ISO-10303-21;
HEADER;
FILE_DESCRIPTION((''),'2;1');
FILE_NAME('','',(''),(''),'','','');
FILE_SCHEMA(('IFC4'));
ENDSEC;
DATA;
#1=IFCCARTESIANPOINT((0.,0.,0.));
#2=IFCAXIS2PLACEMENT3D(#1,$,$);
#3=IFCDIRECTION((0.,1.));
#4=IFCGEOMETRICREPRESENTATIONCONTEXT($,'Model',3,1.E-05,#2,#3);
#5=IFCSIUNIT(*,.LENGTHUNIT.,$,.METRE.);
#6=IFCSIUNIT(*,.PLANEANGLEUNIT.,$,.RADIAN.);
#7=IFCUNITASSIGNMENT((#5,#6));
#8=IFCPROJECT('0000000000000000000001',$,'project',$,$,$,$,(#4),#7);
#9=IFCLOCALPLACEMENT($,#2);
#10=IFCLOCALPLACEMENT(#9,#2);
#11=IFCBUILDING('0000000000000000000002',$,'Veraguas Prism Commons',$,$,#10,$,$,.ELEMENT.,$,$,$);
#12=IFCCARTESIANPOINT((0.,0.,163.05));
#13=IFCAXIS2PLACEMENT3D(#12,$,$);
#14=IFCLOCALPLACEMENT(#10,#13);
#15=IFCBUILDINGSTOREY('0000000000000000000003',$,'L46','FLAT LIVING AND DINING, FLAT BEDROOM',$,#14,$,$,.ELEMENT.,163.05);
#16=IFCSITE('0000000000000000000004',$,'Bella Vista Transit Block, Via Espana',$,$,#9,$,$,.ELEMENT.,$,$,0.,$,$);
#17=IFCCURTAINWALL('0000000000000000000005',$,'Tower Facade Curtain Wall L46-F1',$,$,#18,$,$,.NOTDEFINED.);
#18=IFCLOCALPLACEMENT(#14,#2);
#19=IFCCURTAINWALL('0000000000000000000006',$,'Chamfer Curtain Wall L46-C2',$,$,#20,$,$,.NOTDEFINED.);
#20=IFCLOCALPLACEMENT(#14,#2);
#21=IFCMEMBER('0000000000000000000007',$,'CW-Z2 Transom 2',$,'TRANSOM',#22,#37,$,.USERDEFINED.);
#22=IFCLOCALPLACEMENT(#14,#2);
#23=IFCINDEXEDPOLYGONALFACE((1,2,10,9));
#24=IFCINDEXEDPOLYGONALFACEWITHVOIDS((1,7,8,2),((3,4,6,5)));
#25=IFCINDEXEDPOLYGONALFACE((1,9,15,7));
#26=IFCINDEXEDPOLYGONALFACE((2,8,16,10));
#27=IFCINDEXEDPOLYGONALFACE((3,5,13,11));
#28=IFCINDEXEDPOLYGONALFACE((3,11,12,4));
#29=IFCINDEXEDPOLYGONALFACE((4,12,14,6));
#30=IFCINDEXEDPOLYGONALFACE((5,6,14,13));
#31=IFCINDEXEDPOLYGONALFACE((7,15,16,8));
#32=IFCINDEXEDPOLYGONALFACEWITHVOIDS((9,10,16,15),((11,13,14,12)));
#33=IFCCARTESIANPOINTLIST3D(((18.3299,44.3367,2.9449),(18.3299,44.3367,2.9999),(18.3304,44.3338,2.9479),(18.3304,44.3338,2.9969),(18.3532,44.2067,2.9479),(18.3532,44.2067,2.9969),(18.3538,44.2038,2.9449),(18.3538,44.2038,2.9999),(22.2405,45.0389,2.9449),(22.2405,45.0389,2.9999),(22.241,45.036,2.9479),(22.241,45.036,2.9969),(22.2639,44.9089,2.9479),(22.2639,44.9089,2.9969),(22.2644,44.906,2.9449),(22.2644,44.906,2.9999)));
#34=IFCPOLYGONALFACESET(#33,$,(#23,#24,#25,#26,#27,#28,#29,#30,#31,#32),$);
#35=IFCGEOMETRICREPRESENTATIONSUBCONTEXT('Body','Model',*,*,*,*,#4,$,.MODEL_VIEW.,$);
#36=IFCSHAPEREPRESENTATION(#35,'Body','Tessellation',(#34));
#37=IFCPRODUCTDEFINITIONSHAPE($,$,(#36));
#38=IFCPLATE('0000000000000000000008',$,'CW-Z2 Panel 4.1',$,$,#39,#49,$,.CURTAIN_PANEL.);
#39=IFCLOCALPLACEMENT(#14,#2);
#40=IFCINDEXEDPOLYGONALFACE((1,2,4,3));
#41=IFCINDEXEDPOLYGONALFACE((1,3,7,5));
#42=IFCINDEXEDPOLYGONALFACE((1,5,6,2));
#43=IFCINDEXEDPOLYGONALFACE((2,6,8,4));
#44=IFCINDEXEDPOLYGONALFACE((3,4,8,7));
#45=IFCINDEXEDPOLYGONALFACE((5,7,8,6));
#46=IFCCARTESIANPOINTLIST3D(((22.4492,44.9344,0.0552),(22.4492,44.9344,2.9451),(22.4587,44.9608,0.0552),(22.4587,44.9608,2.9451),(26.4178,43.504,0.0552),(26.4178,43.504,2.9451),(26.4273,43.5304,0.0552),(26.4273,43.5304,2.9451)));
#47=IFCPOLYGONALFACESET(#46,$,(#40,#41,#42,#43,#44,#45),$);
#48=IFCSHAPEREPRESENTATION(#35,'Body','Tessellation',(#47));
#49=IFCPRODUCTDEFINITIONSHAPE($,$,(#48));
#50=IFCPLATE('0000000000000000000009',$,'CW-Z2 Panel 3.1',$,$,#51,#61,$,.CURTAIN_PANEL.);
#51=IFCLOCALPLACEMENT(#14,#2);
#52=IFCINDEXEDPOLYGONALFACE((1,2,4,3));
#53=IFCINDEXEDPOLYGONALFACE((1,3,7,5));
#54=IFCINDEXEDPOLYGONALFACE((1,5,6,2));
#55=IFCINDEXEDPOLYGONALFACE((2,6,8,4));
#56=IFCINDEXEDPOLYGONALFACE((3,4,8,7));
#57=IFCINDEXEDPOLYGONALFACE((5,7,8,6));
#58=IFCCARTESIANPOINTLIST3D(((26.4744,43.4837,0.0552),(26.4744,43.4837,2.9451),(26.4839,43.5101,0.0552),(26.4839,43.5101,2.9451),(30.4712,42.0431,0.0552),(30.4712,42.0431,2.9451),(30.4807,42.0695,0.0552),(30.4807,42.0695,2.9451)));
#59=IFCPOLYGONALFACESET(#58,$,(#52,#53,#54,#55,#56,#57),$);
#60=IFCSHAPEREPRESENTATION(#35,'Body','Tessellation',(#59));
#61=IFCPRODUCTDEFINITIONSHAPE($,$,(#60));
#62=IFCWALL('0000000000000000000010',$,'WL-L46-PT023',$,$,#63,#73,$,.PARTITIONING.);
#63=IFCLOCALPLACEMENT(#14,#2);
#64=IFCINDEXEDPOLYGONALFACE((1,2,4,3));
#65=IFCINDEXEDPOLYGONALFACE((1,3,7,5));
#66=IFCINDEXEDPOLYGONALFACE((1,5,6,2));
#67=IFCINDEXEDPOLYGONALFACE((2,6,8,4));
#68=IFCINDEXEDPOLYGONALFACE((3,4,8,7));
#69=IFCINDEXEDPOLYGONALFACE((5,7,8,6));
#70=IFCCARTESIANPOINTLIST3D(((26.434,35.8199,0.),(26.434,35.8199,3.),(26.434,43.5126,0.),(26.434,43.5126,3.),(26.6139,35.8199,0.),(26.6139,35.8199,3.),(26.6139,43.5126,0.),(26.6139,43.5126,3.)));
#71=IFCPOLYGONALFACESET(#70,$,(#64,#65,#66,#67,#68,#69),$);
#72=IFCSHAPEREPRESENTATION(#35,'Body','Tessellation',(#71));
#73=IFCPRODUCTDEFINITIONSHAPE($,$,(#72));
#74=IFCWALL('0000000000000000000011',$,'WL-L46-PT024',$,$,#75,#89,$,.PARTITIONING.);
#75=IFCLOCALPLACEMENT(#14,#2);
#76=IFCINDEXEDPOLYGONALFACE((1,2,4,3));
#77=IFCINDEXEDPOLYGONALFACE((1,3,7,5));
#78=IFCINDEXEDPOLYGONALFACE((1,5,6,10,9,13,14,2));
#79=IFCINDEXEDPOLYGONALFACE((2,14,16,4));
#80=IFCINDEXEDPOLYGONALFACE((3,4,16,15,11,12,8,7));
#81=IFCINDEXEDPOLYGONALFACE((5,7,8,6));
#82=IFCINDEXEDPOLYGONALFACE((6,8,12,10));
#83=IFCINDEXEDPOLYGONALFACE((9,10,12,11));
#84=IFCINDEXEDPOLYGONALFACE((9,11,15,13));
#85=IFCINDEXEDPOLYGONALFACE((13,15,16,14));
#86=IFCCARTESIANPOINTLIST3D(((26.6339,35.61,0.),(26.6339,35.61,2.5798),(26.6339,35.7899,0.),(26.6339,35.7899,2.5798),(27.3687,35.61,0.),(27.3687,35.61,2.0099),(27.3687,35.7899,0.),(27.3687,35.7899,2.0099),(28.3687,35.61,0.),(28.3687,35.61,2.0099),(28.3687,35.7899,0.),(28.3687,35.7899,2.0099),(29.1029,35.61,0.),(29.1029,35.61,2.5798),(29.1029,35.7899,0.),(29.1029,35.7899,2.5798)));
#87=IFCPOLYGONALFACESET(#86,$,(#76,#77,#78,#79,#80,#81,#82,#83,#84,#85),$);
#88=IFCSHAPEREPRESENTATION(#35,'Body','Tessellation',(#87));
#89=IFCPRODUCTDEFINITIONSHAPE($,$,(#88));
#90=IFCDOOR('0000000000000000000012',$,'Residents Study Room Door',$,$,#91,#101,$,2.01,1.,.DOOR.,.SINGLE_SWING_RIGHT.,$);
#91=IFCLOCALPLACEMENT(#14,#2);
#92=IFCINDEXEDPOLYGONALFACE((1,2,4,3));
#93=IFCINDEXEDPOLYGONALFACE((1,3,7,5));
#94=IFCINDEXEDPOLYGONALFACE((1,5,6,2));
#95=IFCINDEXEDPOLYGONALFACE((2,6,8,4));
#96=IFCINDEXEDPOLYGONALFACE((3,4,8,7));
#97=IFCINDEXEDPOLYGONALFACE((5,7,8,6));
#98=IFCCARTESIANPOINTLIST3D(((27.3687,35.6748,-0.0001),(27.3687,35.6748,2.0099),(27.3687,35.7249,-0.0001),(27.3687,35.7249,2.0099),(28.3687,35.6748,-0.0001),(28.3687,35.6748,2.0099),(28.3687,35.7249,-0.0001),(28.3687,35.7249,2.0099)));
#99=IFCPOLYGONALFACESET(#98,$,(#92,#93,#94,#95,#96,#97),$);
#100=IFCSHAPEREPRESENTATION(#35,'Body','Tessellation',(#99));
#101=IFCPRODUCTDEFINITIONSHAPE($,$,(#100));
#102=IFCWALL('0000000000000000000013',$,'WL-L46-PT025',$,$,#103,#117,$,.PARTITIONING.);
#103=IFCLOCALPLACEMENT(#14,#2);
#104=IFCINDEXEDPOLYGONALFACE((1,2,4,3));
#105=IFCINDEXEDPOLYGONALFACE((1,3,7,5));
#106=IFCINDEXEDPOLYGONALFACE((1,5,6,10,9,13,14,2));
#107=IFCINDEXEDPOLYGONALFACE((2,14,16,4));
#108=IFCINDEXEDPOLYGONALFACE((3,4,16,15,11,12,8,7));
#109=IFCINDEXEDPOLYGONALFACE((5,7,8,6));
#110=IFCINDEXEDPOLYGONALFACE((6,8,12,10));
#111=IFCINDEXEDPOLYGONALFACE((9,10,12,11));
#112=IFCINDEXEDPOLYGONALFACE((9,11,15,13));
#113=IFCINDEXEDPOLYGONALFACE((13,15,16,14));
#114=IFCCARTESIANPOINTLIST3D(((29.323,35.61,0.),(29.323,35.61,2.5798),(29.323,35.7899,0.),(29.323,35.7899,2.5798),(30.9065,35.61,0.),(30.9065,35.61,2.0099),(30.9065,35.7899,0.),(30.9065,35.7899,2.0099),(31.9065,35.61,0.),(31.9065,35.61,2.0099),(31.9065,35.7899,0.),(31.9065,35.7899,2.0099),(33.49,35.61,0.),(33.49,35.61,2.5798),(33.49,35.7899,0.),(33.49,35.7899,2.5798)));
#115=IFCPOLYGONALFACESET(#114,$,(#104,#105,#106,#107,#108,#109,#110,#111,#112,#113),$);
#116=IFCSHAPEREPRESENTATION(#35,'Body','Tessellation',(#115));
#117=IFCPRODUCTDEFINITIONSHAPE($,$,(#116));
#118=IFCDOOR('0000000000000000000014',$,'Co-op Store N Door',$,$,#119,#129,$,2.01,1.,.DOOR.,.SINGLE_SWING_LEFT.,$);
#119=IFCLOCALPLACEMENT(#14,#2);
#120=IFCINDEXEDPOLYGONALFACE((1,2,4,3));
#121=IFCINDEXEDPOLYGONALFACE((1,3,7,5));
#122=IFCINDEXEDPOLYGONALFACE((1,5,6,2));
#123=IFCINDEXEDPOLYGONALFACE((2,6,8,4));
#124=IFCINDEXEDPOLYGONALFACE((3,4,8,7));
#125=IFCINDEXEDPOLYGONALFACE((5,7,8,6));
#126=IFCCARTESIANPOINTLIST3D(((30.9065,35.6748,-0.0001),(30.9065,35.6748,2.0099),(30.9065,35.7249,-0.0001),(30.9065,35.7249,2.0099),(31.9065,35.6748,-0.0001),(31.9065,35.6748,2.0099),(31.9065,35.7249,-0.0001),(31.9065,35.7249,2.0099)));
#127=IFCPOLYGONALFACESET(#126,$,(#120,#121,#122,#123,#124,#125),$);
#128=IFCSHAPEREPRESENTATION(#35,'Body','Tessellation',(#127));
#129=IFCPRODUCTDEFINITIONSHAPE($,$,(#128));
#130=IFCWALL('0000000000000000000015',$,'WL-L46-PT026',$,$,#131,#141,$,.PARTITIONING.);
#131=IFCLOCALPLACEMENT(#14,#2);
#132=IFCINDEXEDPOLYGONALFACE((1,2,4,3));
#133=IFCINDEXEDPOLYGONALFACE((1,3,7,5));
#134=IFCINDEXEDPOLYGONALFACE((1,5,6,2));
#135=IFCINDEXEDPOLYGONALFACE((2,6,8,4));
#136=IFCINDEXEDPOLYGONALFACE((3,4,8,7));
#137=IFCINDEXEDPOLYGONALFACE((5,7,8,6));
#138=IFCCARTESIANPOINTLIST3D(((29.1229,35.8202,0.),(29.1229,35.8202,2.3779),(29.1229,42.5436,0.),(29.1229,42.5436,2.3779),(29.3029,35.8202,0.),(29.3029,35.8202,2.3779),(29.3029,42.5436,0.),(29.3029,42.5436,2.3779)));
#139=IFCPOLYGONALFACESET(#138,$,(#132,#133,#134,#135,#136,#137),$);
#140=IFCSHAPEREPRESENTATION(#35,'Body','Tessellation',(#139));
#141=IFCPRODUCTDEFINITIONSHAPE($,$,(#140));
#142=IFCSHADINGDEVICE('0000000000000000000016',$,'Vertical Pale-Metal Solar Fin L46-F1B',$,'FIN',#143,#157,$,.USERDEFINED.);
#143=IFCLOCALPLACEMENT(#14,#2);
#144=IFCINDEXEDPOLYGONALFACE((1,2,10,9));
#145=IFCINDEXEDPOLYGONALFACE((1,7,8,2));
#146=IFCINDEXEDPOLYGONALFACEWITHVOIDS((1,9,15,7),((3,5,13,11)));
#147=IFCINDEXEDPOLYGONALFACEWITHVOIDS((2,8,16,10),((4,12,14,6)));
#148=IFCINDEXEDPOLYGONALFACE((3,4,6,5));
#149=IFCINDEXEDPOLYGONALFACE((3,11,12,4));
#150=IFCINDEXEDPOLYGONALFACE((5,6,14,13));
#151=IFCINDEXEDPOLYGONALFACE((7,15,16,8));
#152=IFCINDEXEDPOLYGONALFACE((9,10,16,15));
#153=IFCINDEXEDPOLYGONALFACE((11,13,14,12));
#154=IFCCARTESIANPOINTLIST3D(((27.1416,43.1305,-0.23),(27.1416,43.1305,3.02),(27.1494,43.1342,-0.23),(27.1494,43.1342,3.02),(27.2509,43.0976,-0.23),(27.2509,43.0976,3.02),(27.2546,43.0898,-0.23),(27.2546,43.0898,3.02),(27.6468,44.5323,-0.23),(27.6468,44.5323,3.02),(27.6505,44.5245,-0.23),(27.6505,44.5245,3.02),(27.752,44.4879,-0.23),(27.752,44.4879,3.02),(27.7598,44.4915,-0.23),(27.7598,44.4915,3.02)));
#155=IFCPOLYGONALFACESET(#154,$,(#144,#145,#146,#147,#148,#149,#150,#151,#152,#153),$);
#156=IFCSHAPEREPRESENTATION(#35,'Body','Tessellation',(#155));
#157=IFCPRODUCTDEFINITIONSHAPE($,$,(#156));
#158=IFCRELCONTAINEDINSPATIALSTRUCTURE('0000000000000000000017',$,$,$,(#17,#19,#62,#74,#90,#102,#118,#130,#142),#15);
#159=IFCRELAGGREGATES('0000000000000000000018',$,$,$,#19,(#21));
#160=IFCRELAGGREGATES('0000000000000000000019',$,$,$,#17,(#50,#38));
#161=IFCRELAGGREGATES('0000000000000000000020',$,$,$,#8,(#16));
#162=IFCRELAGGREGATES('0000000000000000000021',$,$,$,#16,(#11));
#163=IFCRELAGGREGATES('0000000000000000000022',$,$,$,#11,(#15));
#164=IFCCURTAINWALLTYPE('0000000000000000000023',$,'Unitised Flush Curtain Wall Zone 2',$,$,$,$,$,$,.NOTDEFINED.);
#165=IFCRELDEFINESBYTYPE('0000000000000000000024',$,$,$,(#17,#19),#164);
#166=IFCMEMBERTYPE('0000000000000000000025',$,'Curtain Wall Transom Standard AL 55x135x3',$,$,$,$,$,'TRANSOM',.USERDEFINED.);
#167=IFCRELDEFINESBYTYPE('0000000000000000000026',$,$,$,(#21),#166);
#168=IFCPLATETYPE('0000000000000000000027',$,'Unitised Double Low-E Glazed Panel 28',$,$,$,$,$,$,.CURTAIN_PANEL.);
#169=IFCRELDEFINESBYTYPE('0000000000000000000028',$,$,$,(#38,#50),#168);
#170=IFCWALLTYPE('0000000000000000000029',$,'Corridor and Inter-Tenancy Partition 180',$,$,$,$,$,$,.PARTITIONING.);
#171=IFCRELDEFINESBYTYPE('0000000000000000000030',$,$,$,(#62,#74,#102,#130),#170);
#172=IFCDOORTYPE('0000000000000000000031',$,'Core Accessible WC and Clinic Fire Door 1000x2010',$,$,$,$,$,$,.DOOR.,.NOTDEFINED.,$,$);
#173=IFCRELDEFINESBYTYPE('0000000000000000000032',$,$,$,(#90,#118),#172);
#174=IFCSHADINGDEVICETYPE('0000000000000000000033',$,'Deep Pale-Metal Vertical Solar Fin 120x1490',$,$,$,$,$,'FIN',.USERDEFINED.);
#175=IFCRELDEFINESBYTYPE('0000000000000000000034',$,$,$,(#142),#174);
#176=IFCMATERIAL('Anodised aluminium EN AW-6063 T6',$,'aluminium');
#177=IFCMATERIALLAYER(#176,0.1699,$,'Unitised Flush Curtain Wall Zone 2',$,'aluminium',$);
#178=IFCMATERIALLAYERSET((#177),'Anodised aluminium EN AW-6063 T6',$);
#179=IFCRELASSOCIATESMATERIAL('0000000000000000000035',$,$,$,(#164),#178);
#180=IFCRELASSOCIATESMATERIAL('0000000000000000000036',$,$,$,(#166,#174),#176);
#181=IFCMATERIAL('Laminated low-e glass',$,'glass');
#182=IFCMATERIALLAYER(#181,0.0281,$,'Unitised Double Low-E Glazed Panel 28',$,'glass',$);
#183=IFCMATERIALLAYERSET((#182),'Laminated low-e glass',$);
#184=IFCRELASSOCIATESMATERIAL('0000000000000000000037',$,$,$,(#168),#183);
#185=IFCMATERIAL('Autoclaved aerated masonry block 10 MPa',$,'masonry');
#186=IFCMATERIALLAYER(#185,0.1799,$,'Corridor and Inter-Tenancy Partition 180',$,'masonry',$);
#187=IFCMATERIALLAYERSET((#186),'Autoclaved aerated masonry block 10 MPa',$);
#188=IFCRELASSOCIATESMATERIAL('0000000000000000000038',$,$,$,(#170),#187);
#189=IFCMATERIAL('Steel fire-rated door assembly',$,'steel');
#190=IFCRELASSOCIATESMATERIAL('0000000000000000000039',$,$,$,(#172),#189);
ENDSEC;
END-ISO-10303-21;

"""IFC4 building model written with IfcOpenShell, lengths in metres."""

from ifc_helpers import new_model, si_unit, direction, frame, frame_2d, origin, origin_2d, place, context, subcontext, project, spatial, rectangle, hollow_rectangle, extrude, source, transform, mapped, material, layer, layer_set, material_profile, profile_set, type_object, element, fill, aggregate, save


model = new_model("IFC4")

# Units and contexts
model_context = context("Model", 3, precision=1e-05, world=origin(), true_north=direction((0.0, 1.0)))
body_context = subcontext(model_context, "Body", "Model", "MODEL_VIEW")
ifc_project = project(units=[si_unit("LENGTHUNIT", "METRE"), si_unit("PLANEANGLEUNIT", "RADIAN")], contexts=[model_context])

# Site, building, storey
site_placement = place(None, origin())
site = spatial("IfcSite", under=ifc_project, at=site_placement, Name="Bella Vista Transit Block, Via Espana", CompositionType="ELEMENT", RefElevation=0.0)
building_placement = place(site_placement, origin())
building = spatial("IfcBuilding", under=site, at=building_placement, Name="Veraguas Prism Commons", CompositionType="ELEMENT")
storey_placement = place(building_placement, frame((0.0, 0.0, 163.05)))
storey = spatial("IfcBuildingStorey", under=building, at=storey_placement, Name="L46", Description="FLAT LIVING AND DINING, FLAT BEDROOM", CompositionType="ELEMENT", Elevation=163.05)

# Curtain walls, member
ifc_material_1 = material(Name="Anodised aluminium EN AW-6063 T6", Category="aluminium")
ifc_layer_1 = layer(ifc_material_1, 0.1699, Name="Unitised Flush Curtain Wall Zone 2", Category="aluminium")
ifc_layer_set_1 = layer_set([ifc_layer_1], Name="Anodised aluminium EN AW-6063 T6")
curtain_wall_type = type_object("IfcCurtainWallType", Name="Unitised Flush Curtain Wall Zone 2", PredefinedType="NOTDEFINED", material=ifc_layer_set_1)
curtain_wall_1_placement = place(storey_placement, origin())
curtain_wall_1 = element("IfcCurtainWall", 1, at=curtain_wall_1_placement, inside=storey, type_object=curtain_wall_type, Name="Tower Facade Curtain Wall L46-F1", PredefinedType="NOTDEFINED")
curtain_wall_2_placement = place(storey_placement, origin())
curtain_wall_2 = element("IfcCurtainWall", 2, at=curtain_wall_2_placement, inside=storey, type_object=curtain_wall_type, Name="Chamfer Curtain Wall L46-C2", PredefinedType="NOTDEFINED")
ifc_material_profile_1 = material_profile(ifc_material_1, hollow_rectangle(XDim=0.0549, YDim=0.135, WallThickness=0.0029, at=origin_2d()), Name="AL55X135X3")
ifc_profile_set_1 = profile_set([ifc_material_profile_1], Name="Anodised aluminium EN AW-6063 T6")
member_type_1 = type_object("IfcMemberType", Name="Curtain Wall Transom Standard AL 55x135x3", ElementType="TRANSOM", PredefinedType="USERDEFINED", material=ifc_profile_set_1)
shared_shape_1 = source(origin(), body_context, "Body", "SweptSolid", [
    extrude(hollow_rectangle(XDim=0.0549, YDim=0.135, WallThickness=0.0029, at=origin_2d()), origin(), (0.0, 0.0, 1.0), 3.9731),
])
member_1_placement = place(storey_placement, frame((22.2524, 44.9724, 2.9724), z_axis=(-0.984261, -0.176722, 0.0), x_axis=(0.0, 0.0, 1.0)))
member_1 = element("IfcMember", 3, at=member_1_placement, type_object=member_type_1, Name="CW-Z2 Transom 2", ObjectType="TRANSOM", PredefinedType="USERDEFINED", context=body_context, shape_type="MappedRepresentation", body=[
    mapped(shared_shape_1, transform((0.0, 0.0, 0.0), scale=1.0)),
])
aggregate(curtain_wall_2, [member_1])

# Plates
ifc_material_2 = material(Name="Laminated low-e glass", Category="glass")
ifc_layer_2 = layer(ifc_material_2, 0.0281, Name="Unitised Double Low-E Glazed Panel 28", Category="glass")
ifc_layer_set_2 = layer_set([ifc_layer_2], Name="Laminated low-e glass")
plate_type = type_object("IfcPlateType", Name="Unitised Double Low-E Glazed Panel 28", PredefinedType="CURTAIN_PANEL", material=ifc_layer_set_2)
shared_shape_2 = source(origin(), body_context, "Body", "SweptSolid", [
    extrude(rectangle(XDim=4.2185, YDim=0.0281, at=origin_2d()), origin(), (0.0, 0.0, 1.0), 2.8899),
])
plate_1_placement = place(storey_placement, frame((24.4382, 44.2324, 0.0552), z_axis=(0.0, 0.0, 1.0), x_axis=(-0.940761, 0.339071, 0.0)))
plate_1 = element("IfcPlate", 4, at=plate_1_placement, type_object=plate_type, Name="CW-Z2 Panel 4.1", PredefinedType="CURTAIN_PANEL", context=body_context, shape_type="MappedRepresentation", body=[
    mapped(shared_shape_2, transform((0.0, 0.0, 0.0), scale=1.0)),
])
shared_shape_3 = source(origin(), body_context, "Body", "SweptSolid", [
    extrude(rectangle(XDim=4.2485, YDim=0.0281, at=origin_2d()), origin(), (0.0, 0.0, 1.0), 2.8899),
])
plate_2_placement = place(storey_placement, frame((28.4775, 42.7766, 0.0552), z_axis=(0.0, 0.0, 1.0), x_axis=(-0.940761, 0.339071, 0.0)))
plate_2 = element("IfcPlate", 5, at=plate_2_placement, type_object=plate_type, Name="CW-Z2 Panel 3.1", PredefinedType="CURTAIN_PANEL", context=body_context, shape_type="MappedRepresentation", body=[
    mapped(shared_shape_3, transform((0.0, 0.0, 0.0), scale=1.0)),
])
aggregate(curtain_wall_1, [plate_2, plate_1])

# Wall
ifc_material_3 = material(Name="Autoclaved aerated masonry block 10 MPa", Category="masonry")
ifc_layer_3 = layer(ifc_material_3, 0.1799, Name="Corridor and Inter-Tenancy Partition 180", Category="masonry")
ifc_layer_set_3 = layer_set([ifc_layer_3], Name="Autoclaved aerated masonry block 10 MPa")
wall_type = type_object("IfcWallType", Name="Corridor and Inter-Tenancy Partition 180", PredefinedType="PARTITIONING", material=ifc_layer_set_3)
wall_1_placement = place(storey_placement, frame((26.5239, 35.8201, 0.0), z_axis=(0.0, 0.0, 1.0), x_axis=(0.0, 1.0, 0.0)))
element("IfcWall", 6, at=wall_1_placement, inside=storey, type_object=wall_type, Name="WL-L46-PT023", PredefinedType="PARTITIONING", context=body_context, shape_type="SweptSolid", body=[
    extrude(rectangle(XDim=7.6926, YDim=0.1799, at=frame_2d((3.8462, 0.0))), origin(), (0.0, 0.0, 1.0), 3.0),
])

# Walls, openings, doors
wall_2_placement = place(storey_placement, frame((26.634, 35.7, 0.0), z_axis=(0.0, 0.0, 1.0), x_axis=(1.0, 0.0, 0.0)))
wall_2 = element("IfcWall", 7, at=wall_2_placement, inside=storey, type_object=wall_type, Name="WL-L46-PT024", PredefinedType="PARTITIONING", context=body_context, shape_type="SweptSolid", body=[
    extrude(rectangle(XDim=2.469, YDim=0.1799, at=frame_2d((1.2344, 0.0))), origin(), (0.0, 0.0, 1.0), 2.5798),
])
opening_1_placement = place(wall_2_placement, frame((0.7346, 0.0, 0.0)))
opening_1 = element("IfcOpeningElement", 8, at=opening_1_placement, cuts=wall_2, PredefinedType="OPENING", context=body_context, shape_type="SweptSolid", body=[
    extrude(rectangle(XDim=1.0, YDim=2.01, at=frame_2d((0.5, 1.0049))), frame((0.0, 0.0999, 0.0), z_axis=(0.0, -1.0, 0.0), x_axis=(1.0, 0.0, 0.0)), (0.0, 0.0, 1.0), 0.2),
])
ifc_material_4 = material(Name="Steel fire-rated door assembly", Category="steel")
door_type = type_object("IfcDoorType", Name="Core Accessible WC and Clinic Fire Door 1000x2010", OperationType="NOTDEFINED", PredefinedType="DOOR", material=ifc_material_4)
shared_shape_4 = source(origin(), body_context, "Body", "SweptSolid", [
    extrude(rectangle(XDim=1.0, YDim=2.01, at=frame_2d((0.5, 1.0049))), frame((0.0, 0.0249, 0.0), z_axis=(0.0, -1.0, 0.0), x_axis=(1.0, 0.0, 0.0)), (0.0, 0.0, 1.0), 0.05),
])
door_1_placement = place(opening_1_placement, origin())
door_1 = element("IfcDoor", 9, at=door_1_placement, inside=storey, type_object=door_type, Name="Residents Study Room Door", OperationType="SINGLE_SWING_RIGHT", OverallHeight=2.01, OverallWidth=1.0, PredefinedType="DOOR", context=body_context, shape_type="MappedRepresentation", body=[
    mapped(shared_shape_4, transform((0.0, 0.0, 0.0), scale=1.0)),
])
fill(opening_1, door_1)
wall_3_placement = place(storey_placement, frame((29.323, 35.7, 0.0), z_axis=(0.0, 0.0, 1.0), x_axis=(1.0, 0.0, 0.0)))
wall_3 = element("IfcWall", 10, at=wall_3_placement, inside=storey, type_object=wall_type, Name="WL-L46-PT025", PredefinedType="PARTITIONING", context=body_context, shape_type="SweptSolid", body=[
    extrude(rectangle(XDim=4.167, YDim=0.1799, at=frame_2d((2.0835, 0.0))), origin(), (0.0, 0.0, 1.0), 2.5798),
])
opening_2_placement = place(wall_3_placement, frame((1.5835, 0.0, 0.0)))
opening_2 = element("IfcOpeningElement", 11, at=opening_2_placement, cuts=wall_3, PredefinedType="OPENING", context=body_context, shape_type="SweptSolid", body=[
    extrude(rectangle(XDim=1.0, YDim=2.01, at=frame_2d((0.5, 1.0049))), frame((0.0, 0.0999, 0.0), z_axis=(0.0, -1.0, 0.0), x_axis=(1.0, 0.0, 0.0)), (0.0, 0.0, 1.0), 0.2),
])
door_2_placement = place(opening_2_placement, origin())
door_2 = element("IfcDoor", 12, at=door_2_placement, inside=storey, type_object=door_type, Name="Co-op Store N Door", OperationType="SINGLE_SWING_LEFT", OverallHeight=2.01, OverallWidth=1.0, PredefinedType="DOOR", context=body_context, shape_type="MappedRepresentation", body=[
    mapped(shared_shape_4, transform((0.0, 0.0, 0.0), scale=1.0)),
])
fill(opening_2, door_2)

# Wall
wall_4_placement = place(storey_placement, frame((29.2129, 35.8201, 0.0), z_axis=(0.0, 0.0, 1.0), x_axis=(0.0, 1.0, 0.0)))
element("IfcWall", 13, at=wall_4_placement, inside=storey, type_object=wall_type, Name="WL-L46-PT026", PredefinedType="PARTITIONING", context=body_context, shape_type="SweptSolid", body=[
    extrude(rectangle(XDim=6.7234, YDim=0.1799, at=frame_2d((3.3618, 0.0))), origin(), (0.0, 0.0, 1.0), 2.3779),
])

# Shading device
ifc_material_profile_2 = material_profile(ifc_material_1, hollow_rectangle(XDim=0.1201, YDim=1.49, WallThickness=0.0061, at=origin_2d()), Name="FIN120X1490X6")
ifc_profile_set_2 = profile_set([ifc_material_profile_2], Name="Anodised aluminium EN AW-6063 T6")
shading_device_type = type_object("IfcShadingDeviceType", Name="Deep Pale-Metal Vertical Solar Fin 120x1490", ElementType="FIN", PredefinedType="USERDEFINED", material=ifc_profile_set_2)
shading_device_placement = place(storey_placement, frame((27.4507, 43.811, -0.23), z_axis=(0.0, 0.0, 1.0), x_axis=(-0.940762, 0.339068, 0.0)))
element("IfcShadingDevice", 14, at=shading_device_placement, inside=storey, type_object=shading_device_type, Name="Vertical Pale-Metal Solar Fin L46-F1B", ObjectType="FIN", PredefinedType="USERDEFINED", context=body_context, shape_type="SweptSolid", body=[
    extrude(hollow_rectangle(XDim=0.1201, YDim=1.49, WallThickness=0.0061, at=origin_2d()), origin(), (0.0, 0.0, 1.0), 3.25),
])

save(model, "model.ifc")
